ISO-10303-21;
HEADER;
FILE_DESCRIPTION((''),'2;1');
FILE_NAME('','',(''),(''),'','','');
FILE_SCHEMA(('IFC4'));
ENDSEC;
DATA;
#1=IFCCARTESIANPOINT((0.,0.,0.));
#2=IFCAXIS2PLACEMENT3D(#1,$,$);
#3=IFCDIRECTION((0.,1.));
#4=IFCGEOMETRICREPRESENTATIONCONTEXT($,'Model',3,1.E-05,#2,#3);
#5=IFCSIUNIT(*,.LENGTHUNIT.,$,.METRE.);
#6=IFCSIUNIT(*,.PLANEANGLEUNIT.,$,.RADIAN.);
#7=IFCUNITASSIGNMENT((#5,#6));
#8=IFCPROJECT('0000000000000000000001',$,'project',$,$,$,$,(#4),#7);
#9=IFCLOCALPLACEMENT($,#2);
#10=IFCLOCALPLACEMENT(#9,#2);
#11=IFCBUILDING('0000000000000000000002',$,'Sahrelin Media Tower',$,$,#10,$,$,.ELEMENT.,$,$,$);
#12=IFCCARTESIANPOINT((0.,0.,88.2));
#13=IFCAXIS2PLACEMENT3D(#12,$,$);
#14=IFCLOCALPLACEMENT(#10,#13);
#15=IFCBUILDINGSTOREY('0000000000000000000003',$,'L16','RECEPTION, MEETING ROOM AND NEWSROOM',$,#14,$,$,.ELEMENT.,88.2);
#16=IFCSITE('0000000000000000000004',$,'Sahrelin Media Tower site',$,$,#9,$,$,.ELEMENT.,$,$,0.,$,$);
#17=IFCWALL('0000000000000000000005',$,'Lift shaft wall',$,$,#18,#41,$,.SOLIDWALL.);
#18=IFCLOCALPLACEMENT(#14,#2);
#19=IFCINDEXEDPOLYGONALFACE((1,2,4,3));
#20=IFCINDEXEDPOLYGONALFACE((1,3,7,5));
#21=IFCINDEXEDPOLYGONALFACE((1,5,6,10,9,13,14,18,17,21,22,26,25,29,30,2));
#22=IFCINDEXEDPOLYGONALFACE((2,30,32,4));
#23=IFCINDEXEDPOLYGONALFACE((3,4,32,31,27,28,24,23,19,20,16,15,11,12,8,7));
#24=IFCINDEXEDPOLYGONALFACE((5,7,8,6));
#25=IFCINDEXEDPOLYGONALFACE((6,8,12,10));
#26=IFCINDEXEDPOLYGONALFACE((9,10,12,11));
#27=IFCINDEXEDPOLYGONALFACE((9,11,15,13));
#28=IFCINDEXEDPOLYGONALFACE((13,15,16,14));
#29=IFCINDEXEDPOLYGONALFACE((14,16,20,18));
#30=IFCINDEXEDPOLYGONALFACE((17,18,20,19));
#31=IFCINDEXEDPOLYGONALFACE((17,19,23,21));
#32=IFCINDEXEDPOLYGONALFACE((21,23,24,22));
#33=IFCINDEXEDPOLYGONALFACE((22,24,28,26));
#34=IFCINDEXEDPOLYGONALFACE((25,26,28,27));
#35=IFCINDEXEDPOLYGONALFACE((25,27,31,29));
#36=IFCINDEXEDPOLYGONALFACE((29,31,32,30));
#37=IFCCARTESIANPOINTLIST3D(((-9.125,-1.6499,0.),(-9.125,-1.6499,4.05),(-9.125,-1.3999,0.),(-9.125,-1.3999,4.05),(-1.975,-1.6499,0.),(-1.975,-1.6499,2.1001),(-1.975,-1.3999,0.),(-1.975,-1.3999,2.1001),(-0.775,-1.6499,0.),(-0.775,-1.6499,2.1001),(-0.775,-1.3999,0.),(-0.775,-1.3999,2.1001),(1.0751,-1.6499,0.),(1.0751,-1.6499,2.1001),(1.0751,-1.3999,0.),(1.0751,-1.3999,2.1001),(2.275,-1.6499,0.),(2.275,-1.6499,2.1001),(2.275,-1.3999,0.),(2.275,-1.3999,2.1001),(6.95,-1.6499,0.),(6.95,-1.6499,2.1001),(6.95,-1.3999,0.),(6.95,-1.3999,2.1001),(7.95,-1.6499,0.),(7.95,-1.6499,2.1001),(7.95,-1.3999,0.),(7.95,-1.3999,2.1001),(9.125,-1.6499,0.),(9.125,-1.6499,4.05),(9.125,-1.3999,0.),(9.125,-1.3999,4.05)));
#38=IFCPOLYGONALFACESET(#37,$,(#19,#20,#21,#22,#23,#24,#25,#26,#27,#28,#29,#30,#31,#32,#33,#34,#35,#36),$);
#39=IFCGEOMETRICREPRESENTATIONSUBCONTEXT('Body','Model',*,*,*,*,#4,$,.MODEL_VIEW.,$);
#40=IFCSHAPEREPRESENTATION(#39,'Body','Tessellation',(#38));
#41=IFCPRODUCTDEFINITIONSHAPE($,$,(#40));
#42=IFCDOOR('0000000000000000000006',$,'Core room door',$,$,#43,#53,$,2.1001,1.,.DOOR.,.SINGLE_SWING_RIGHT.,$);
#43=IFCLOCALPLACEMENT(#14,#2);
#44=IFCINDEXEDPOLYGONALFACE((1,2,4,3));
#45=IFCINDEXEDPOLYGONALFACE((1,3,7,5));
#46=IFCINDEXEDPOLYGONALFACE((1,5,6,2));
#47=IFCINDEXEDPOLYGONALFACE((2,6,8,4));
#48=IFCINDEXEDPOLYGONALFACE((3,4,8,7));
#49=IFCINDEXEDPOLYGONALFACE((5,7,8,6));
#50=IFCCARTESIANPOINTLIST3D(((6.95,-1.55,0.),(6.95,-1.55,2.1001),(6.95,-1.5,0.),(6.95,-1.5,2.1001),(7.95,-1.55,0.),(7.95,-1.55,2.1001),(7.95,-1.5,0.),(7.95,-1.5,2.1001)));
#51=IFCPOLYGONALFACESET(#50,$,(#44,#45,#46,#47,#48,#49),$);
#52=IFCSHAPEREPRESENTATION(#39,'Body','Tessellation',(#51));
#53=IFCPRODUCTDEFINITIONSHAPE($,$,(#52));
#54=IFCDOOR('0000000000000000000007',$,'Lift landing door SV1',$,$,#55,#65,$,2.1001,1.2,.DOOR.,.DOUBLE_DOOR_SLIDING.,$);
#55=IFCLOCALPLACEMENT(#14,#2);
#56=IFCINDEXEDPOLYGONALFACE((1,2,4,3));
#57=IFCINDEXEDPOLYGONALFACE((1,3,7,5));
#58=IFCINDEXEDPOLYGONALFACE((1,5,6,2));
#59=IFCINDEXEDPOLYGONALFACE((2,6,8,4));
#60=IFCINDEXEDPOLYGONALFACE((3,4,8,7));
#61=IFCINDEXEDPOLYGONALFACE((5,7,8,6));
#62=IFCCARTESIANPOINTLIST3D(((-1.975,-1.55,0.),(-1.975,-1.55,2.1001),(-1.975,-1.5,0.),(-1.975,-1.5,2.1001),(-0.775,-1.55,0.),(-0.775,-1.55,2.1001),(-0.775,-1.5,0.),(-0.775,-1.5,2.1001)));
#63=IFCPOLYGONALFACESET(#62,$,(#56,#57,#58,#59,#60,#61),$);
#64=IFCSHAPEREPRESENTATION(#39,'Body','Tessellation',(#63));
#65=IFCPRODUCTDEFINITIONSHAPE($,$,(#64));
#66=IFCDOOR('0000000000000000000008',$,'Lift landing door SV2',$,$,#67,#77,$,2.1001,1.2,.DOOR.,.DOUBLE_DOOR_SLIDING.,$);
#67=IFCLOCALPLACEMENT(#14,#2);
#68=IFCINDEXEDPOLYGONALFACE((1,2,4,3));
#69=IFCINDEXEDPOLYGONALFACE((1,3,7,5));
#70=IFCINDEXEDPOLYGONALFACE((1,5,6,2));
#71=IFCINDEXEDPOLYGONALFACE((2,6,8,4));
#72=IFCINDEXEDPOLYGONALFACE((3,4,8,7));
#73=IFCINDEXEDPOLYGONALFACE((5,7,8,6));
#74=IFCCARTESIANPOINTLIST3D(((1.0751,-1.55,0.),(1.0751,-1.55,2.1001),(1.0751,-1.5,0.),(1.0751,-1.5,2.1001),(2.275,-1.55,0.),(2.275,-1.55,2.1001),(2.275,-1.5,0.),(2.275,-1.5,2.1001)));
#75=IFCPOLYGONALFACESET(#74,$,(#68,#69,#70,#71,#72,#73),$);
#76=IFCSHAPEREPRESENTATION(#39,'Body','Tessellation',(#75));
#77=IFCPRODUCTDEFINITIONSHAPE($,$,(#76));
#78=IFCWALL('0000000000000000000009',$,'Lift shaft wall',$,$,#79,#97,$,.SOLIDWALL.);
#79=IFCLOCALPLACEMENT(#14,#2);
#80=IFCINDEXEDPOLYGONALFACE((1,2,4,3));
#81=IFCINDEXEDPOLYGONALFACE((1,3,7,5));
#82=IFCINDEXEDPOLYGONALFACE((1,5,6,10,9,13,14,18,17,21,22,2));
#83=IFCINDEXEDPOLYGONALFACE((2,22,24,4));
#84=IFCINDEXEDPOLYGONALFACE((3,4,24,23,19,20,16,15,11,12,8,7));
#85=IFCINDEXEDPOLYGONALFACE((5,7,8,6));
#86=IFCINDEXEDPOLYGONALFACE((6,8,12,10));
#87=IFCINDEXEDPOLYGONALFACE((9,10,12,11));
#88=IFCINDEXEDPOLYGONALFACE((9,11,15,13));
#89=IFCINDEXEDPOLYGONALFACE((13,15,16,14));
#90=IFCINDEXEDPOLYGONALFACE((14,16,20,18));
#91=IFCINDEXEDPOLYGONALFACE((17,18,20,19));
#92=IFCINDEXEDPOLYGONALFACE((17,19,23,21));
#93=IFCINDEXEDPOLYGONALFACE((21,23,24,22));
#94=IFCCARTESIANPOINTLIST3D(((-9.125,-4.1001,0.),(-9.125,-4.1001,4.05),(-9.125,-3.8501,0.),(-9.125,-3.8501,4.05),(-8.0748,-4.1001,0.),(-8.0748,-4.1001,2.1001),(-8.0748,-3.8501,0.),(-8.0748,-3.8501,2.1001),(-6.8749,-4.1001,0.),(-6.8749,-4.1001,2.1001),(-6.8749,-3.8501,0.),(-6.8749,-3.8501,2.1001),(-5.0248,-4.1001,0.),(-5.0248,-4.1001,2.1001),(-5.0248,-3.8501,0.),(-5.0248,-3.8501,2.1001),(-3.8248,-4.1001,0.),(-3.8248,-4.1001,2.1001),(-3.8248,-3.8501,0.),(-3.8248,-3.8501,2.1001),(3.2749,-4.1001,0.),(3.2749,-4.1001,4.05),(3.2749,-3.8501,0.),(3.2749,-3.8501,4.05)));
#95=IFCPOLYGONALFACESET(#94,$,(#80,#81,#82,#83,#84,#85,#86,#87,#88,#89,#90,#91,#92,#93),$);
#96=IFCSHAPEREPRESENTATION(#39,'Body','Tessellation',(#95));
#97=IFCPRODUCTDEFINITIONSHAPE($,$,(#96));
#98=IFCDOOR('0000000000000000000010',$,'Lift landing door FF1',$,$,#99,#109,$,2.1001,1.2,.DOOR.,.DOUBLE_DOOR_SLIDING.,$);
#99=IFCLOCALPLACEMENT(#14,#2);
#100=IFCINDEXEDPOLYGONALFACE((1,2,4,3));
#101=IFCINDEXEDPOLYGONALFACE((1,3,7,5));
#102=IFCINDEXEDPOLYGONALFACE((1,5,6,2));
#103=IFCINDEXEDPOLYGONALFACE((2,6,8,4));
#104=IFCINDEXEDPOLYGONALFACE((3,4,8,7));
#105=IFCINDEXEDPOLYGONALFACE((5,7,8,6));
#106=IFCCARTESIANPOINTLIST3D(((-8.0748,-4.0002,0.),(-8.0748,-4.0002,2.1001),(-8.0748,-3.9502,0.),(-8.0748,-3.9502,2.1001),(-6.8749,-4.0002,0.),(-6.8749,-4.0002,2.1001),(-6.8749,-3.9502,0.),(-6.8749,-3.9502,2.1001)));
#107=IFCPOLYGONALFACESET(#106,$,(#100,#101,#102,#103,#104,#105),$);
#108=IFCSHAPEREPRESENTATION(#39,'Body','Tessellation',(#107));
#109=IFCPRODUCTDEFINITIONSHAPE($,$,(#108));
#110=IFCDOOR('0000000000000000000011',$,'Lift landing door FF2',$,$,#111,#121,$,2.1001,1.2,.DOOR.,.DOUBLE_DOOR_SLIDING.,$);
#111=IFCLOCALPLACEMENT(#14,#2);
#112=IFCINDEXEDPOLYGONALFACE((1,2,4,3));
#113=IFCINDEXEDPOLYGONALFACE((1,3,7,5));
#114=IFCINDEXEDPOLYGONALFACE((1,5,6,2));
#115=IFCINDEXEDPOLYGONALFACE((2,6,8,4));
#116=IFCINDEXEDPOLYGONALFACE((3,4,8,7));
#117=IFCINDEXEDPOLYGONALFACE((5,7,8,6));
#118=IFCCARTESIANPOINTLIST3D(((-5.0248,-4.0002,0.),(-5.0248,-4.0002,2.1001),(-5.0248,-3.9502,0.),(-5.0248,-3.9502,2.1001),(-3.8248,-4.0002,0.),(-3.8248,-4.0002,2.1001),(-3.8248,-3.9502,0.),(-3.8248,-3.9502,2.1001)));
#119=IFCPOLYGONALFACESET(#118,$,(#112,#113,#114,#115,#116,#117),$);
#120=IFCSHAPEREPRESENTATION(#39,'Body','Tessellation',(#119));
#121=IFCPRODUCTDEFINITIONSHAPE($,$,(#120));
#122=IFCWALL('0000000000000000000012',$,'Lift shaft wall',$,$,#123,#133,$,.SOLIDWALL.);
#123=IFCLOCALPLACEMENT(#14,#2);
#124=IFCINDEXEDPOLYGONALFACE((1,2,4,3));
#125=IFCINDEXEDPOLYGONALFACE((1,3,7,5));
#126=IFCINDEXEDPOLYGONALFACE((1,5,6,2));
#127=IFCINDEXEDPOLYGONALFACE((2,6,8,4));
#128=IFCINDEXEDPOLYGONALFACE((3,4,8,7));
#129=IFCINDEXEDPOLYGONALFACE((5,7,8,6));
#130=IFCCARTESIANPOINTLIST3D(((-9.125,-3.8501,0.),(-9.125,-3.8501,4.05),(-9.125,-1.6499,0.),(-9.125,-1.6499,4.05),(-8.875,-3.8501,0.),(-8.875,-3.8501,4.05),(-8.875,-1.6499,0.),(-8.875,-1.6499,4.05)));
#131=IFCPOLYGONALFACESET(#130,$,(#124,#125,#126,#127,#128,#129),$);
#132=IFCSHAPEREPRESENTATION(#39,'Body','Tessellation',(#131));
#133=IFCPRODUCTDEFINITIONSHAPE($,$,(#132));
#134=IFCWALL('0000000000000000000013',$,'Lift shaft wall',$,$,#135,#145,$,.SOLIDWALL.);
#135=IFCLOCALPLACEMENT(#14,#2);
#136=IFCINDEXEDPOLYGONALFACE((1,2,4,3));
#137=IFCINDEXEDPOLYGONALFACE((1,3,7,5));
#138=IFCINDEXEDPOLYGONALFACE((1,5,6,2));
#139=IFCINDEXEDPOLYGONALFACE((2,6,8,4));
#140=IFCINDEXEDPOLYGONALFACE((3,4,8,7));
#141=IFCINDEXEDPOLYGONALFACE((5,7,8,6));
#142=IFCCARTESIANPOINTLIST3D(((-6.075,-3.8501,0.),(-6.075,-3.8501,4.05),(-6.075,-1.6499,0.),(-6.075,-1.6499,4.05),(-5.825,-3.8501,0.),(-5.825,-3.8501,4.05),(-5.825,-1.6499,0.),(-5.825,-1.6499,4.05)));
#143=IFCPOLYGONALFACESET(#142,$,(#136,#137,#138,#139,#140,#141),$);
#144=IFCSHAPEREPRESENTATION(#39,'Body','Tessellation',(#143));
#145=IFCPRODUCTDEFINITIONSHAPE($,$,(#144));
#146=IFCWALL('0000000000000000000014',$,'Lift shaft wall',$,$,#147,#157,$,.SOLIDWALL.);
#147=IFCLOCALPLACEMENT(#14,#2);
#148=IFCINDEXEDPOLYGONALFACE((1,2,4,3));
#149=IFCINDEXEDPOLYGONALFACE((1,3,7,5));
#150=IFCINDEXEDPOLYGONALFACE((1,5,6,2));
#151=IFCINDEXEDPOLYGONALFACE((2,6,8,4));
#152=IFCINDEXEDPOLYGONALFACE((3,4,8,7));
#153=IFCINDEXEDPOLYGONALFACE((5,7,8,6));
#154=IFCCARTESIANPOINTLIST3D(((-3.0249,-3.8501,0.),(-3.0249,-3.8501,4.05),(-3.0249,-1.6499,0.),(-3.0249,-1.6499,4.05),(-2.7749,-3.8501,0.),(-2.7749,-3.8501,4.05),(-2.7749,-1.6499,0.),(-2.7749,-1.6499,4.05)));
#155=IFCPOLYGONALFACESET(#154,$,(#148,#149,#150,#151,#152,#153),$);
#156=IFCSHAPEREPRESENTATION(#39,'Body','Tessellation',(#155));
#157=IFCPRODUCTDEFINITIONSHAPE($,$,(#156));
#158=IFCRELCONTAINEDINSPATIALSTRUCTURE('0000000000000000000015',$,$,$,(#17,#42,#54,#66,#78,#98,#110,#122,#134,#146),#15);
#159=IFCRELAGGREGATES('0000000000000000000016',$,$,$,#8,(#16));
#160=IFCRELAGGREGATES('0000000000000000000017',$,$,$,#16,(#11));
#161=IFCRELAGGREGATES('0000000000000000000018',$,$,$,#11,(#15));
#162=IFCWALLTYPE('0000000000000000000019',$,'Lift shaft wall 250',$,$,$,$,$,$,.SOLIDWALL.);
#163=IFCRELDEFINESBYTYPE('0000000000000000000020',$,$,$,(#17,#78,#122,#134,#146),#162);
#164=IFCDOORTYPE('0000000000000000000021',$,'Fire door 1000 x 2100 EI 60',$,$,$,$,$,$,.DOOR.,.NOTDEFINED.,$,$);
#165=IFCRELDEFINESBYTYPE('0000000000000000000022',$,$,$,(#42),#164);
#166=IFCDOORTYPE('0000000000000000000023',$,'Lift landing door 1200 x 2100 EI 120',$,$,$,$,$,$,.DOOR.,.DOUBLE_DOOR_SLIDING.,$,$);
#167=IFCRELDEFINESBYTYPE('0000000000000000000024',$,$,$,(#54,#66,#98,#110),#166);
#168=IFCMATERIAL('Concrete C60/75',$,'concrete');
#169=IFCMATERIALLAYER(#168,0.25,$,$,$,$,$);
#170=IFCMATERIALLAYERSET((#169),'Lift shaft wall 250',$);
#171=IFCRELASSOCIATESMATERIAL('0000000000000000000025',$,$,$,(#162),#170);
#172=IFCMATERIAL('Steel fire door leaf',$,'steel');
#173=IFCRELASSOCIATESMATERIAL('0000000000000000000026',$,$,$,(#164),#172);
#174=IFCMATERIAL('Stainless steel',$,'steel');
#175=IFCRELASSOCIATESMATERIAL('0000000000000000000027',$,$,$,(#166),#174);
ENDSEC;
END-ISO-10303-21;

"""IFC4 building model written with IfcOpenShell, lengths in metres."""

from ifc_helpers import new_model, si_unit, direction, frame, frame_2d, origin, place, context, subcontext, project, spatial, rectangle, extrude, material, layer, layer_set, type_object, element, fill, save


model = new_model("IFC4")

# Units and contexts
model_context = context("Model", 3, precision=1e-05, world=origin(), true_north=direction((0.0, 1.0)))
body_context = subcontext(model_context, "Body", "Model", "MODEL_VIEW")
ifc_project = project(units=[si_unit("LENGTHUNIT", "METRE"), si_unit("PLANEANGLEUNIT", "RADIAN")], contexts=[model_context])

# Site, building, storey
site_placement = place(None, origin())
site = spatial("IfcSite", under=ifc_project, at=site_placement, Name="Sahrelin Media Tower site", CompositionType="ELEMENT", RefElevation=0.0)
building_placement = place(site_placement, origin())
building = spatial("IfcBuilding", under=site, at=building_placement, Name="Sahrelin Media Tower", CompositionType="ELEMENT")
storey_placement = place(building_placement, frame((0.0, 0.0, 88.2)))
storey = spatial("IfcBuildingStorey", under=building, at=storey_placement, Name="L16", Description="RECEPTION, MEETING ROOM AND NEWSROOM", CompositionType="ELEMENT", Elevation=88.2)

# Shared definitions
ifc_material_1 = material(Name="Steel fire door leaf", Category="steel")

# Walls, openings, doors
ifc_material_2 = material(Name="Concrete C60/75", Category="concrete")
ifc_layer_1 = layer(ifc_material_2, 0.25)
ifc_layer_set_1 = layer_set([ifc_layer_1], Name="Lift shaft wall 250")
wall_type_1 = type_object("IfcWallType", Name="Lift shaft wall 250", PredefinedType="SOLIDWALL", material=ifc_layer_set_1)
wall_1_placement = place(storey_placement, frame((-9.125, -1.5249, 0.0), z_axis=(0.0, 0.0, 1.0), x_axis=(1.0, 0.0, 0.0)))
wall_1 = element("IfcWall", 1, at=wall_1_placement, inside=storey, type_object=wall_type_1, Name="Lift shaft wall", PredefinedType="SOLIDWALL", context=body_context, shape_type="SweptSolid", body=[
    extrude(rectangle(XDim=18.25, YDim=0.25, at=frame_2d((9.125, 0.0))), origin(), (0.0, 0.0, 1.0), 4.05),
])
opening_1_placement = place(wall_1_placement, frame((7.1499, 0.0, 0.0)))
opening_1 = element("IfcOpeningElement", 2, at=opening_1_placement, cuts=wall_1, PredefinedType="OPENING", context=body_context, shape_type="SweptSolid", body=[
    extrude(rectangle(XDim=1.2, YDim=2.1001, at=frame_2d((0.6001, 1.05))), frame((0.0, 0.125, 0.0), z_axis=(0.0, -1.0, 0.0), x_axis=(1.0, 0.0, 0.0)), (0.0, 0.0, 1.0), 0.25),
])
opening_2_placement = place(wall_1_placement, frame((10.2, 0.0, 0.0)))
opening_2 = element("IfcOpeningElement", 3, at=opening_2_placement, cuts=wall_1, PredefinedType="OPENING", context=body_context, shape_type="SweptSolid", body=[
    extrude(rectangle(XDim=1.2, YDim=2.1001, at=frame_2d((0.6001, 1.05))), frame((0.0, 0.125, 0.0), z_axis=(0.0, -1.0, 0.0), x_axis=(1.0, 0.0, 0.0)), (0.0, 0.0, 1.0), 0.25),
])
opening_3_placement = place(wall_1_placement, frame((16.075, 0.0, 0.0)))
opening_3 = element("IfcOpeningElement", 4, at=opening_3_placement, cuts=wall_1, PredefinedType="OPENING", context=body_context, shape_type="SweptSolid", body=[
    extrude(rectangle(XDim=1.0, YDim=2.1001, at=frame_2d((0.5, 1.05))), frame((0.0, 0.125, 0.0), z_axis=(0.0, -1.0, 0.0), x_axis=(1.0, 0.0, 0.0)), (0.0, 0.0, 1.0), 0.25),
])
door_type_1 = type_object("IfcDoorType", Name="Fire door 1000 x 2100 EI 60", OperationType="NOTDEFINED", PredefinedType="DOOR", material=ifc_material_1)
door_1_placement = place(opening_3_placement, origin())
door_1 = element("IfcDoor", 5, at=door_1_placement, inside=storey, type_object=door_type_1, Name="Core room door", OperationType="SINGLE_SWING_RIGHT", OverallHeight=2.1001, OverallWidth=1.0, PredefinedType="DOOR", context=body_context, shape_type="SweptSolid", body=[
    extrude(rectangle(XDim=1.0, YDim=2.1001, at=frame_2d((0.5, 1.05))), frame((0.0, 0.0249, 0.0), z_axis=(0.0, -1.0, 0.0), x_axis=(1.0, 0.0, 0.0)), (0.0, 0.0, 1.0), 0.05),
])
fill(opening_3, door_1)
ifc_material_3 = material(Name="Stainless steel", Category="steel")
door_type_2 = type_object("IfcDoorType", Name="Lift landing door 1200 x 2100 EI 120", OperationType="DOUBLE_DOOR_SLIDING", PredefinedType="DOOR", material=ifc_material_3)
door_2_placement = place(opening_1_placement, origin())
door_2 = element("IfcDoor", 6, at=door_2_placement, inside=storey, type_object=door_type_2, Name="Lift landing door SV1", OperationType="DOUBLE_DOOR_SLIDING", OverallHeight=2.1001, OverallWidth=1.2, PredefinedType="DOOR", context=body_context, shape_type="SweptSolid", body=[
    extrude(rectangle(XDim=1.2, YDim=2.1001, at=frame_2d((0.6001, 1.05))), frame((0.0, 0.0249, 0.0), z_axis=(0.0, -1.0, 0.0), x_axis=(1.0, 0.0, 0.0)), (0.0, 0.0, 1.0), 0.05),
])
fill(opening_1, door_2)
door_3_placement = place(opening_2_placement, origin())
door_3 = element("IfcDoor", 7, at=door_3_placement, inside=storey, type_object=door_type_2, Name="Lift landing door SV2", OperationType="DOUBLE_DOOR_SLIDING", OverallHeight=2.1001, OverallWidth=1.2, PredefinedType="DOOR", context=body_context, shape_type="SweptSolid", body=[
    extrude(rectangle(XDim=1.2, YDim=2.1001, at=frame_2d((0.6001, 1.05))), frame((0.0, 0.0249, 0.0), z_axis=(0.0, -1.0, 0.0), x_axis=(1.0, 0.0, 0.0)), (0.0, 0.0, 1.0), 0.05),
])
fill(opening_2, door_3)
wall_2_placement = place(storey_placement, frame((-9.125, -3.9751, 0.0), z_axis=(0.0, 0.0, 1.0), x_axis=(1.0, 0.0, 0.0)))
wall_2 = element("IfcWall", 8, at=wall_2_placement, inside=storey, type_object=wall_type_1, Name="Lift shaft wall", PredefinedType="SOLIDWALL", context=body_context, shape_type="SweptSolid", body=[
    extrude(rectangle(XDim=12.3999, YDim=0.25, at=frame_2d((6.2, 0.0))), origin(), (0.0, 0.0, 1.0), 4.05),
])
opening_4_placement = place(wall_2_placement, frame((1.05, 0.0, 0.0)))
opening_4 = element("IfcOpeningElement", 9, at=opening_4_placement, cuts=wall_2, PredefinedType="OPENING", context=body_context, shape_type="SweptSolid", body=[
    extrude(rectangle(XDim=1.2, YDim=2.1001, at=frame_2d((0.6001, 1.05))), frame((0.0, 0.125, 0.0), z_axis=(0.0, -1.0, 0.0), x_axis=(1.0, 0.0, 0.0)), (0.0, 0.0, 1.0), 0.25),
])
opening_5_placement = place(wall_2_placement, frame((4.1001, 0.0, 0.0)))
opening_5 = element("IfcOpeningElement", 10, at=opening_5_placement, cuts=wall_2, PredefinedType="OPENING", context=body_context, shape_type="SweptSolid", body=[
    extrude(rectangle(XDim=1.2, YDim=2.1001, at=frame_2d((0.6001, 1.05))), frame((0.0, 0.125, 0.0), z_axis=(0.0, -1.0, 0.0), x_axis=(1.0, 0.0, 0.0)), (0.0, 0.0, 1.0), 0.25),
])
door_4_placement = place(opening_4_placement, origin())
door_4 = element("IfcDoor", 11, at=door_4_placement, inside=storey, type_object=door_type_2, Name="Lift landing door FF1", OperationType="DOUBLE_DOOR_SLIDING", OverallHeight=2.1001, OverallWidth=1.2, PredefinedType="DOOR", context=body_context, shape_type="SweptSolid", body=[
    extrude(rectangle(XDim=1.2, YDim=2.1001, at=frame_2d((0.6001, 1.05))), frame((0.0, 0.0249, 0.0), z_axis=(0.0, -1.0, 0.0), x_axis=(1.0, 0.0, 0.0)), (0.0, 0.0, 1.0), 0.05),
])
fill(opening_4, door_4)
door_5_placement = place(opening_5_placement, origin())
door_5 = element("IfcDoor", 12, at=door_5_placement, inside=storey, type_object=door_type_2, Name="Lift landing door FF2", OperationType="DOUBLE_DOOR_SLIDING", OverallHeight=2.1001, OverallWidth=1.2, PredefinedType="DOOR", context=body_context, shape_type="SweptSolid", body=[
    extrude(rectangle(XDim=1.2, YDim=2.1001, at=frame_2d((0.6001, 1.05))), frame((0.0, 0.0249, 0.0), z_axis=(0.0, -1.0, 0.0), x_axis=(1.0, 0.0, 0.0)), (0.0, 0.0, 1.0), 0.05),
])
fill(opening_5, door_5)

# Walls
for number, where, z_axis, x_axis, name in (
    (13, (-9.0, -3.8501, 0.0), (0.0, 0.0, 1.0), (0.0, 1.0, 0.0), "Lift shaft wall"),
    (14, (-5.95, -3.8501, 0.0), (0.0, 0.0, 1.0), (0.0, 1.0, 0.0), "Lift shaft wall"),
    (15, (-2.8999, -3.8501, 0.0), (0.0, 0.0, 1.0), (0.0, 1.0, 0.0), "Lift shaft wall"),
):
    element("IfcWall", number, at=place(storey_placement, frame(where, z_axis=z_axis, x_axis=x_axis)), inside=storey, type_object=wall_type_1, Name=name, PredefinedType="SOLIDWALL", context=body_context, shape_type="SweptSolid", body=[
        extrude(rectangle(XDim=2.2002, YDim=0.25, at=frame_2d((1.1001, 0.0))), origin(), (0.0, 0.0, 1.0), 4.05),
    ])

save(model, "model.ifc")
